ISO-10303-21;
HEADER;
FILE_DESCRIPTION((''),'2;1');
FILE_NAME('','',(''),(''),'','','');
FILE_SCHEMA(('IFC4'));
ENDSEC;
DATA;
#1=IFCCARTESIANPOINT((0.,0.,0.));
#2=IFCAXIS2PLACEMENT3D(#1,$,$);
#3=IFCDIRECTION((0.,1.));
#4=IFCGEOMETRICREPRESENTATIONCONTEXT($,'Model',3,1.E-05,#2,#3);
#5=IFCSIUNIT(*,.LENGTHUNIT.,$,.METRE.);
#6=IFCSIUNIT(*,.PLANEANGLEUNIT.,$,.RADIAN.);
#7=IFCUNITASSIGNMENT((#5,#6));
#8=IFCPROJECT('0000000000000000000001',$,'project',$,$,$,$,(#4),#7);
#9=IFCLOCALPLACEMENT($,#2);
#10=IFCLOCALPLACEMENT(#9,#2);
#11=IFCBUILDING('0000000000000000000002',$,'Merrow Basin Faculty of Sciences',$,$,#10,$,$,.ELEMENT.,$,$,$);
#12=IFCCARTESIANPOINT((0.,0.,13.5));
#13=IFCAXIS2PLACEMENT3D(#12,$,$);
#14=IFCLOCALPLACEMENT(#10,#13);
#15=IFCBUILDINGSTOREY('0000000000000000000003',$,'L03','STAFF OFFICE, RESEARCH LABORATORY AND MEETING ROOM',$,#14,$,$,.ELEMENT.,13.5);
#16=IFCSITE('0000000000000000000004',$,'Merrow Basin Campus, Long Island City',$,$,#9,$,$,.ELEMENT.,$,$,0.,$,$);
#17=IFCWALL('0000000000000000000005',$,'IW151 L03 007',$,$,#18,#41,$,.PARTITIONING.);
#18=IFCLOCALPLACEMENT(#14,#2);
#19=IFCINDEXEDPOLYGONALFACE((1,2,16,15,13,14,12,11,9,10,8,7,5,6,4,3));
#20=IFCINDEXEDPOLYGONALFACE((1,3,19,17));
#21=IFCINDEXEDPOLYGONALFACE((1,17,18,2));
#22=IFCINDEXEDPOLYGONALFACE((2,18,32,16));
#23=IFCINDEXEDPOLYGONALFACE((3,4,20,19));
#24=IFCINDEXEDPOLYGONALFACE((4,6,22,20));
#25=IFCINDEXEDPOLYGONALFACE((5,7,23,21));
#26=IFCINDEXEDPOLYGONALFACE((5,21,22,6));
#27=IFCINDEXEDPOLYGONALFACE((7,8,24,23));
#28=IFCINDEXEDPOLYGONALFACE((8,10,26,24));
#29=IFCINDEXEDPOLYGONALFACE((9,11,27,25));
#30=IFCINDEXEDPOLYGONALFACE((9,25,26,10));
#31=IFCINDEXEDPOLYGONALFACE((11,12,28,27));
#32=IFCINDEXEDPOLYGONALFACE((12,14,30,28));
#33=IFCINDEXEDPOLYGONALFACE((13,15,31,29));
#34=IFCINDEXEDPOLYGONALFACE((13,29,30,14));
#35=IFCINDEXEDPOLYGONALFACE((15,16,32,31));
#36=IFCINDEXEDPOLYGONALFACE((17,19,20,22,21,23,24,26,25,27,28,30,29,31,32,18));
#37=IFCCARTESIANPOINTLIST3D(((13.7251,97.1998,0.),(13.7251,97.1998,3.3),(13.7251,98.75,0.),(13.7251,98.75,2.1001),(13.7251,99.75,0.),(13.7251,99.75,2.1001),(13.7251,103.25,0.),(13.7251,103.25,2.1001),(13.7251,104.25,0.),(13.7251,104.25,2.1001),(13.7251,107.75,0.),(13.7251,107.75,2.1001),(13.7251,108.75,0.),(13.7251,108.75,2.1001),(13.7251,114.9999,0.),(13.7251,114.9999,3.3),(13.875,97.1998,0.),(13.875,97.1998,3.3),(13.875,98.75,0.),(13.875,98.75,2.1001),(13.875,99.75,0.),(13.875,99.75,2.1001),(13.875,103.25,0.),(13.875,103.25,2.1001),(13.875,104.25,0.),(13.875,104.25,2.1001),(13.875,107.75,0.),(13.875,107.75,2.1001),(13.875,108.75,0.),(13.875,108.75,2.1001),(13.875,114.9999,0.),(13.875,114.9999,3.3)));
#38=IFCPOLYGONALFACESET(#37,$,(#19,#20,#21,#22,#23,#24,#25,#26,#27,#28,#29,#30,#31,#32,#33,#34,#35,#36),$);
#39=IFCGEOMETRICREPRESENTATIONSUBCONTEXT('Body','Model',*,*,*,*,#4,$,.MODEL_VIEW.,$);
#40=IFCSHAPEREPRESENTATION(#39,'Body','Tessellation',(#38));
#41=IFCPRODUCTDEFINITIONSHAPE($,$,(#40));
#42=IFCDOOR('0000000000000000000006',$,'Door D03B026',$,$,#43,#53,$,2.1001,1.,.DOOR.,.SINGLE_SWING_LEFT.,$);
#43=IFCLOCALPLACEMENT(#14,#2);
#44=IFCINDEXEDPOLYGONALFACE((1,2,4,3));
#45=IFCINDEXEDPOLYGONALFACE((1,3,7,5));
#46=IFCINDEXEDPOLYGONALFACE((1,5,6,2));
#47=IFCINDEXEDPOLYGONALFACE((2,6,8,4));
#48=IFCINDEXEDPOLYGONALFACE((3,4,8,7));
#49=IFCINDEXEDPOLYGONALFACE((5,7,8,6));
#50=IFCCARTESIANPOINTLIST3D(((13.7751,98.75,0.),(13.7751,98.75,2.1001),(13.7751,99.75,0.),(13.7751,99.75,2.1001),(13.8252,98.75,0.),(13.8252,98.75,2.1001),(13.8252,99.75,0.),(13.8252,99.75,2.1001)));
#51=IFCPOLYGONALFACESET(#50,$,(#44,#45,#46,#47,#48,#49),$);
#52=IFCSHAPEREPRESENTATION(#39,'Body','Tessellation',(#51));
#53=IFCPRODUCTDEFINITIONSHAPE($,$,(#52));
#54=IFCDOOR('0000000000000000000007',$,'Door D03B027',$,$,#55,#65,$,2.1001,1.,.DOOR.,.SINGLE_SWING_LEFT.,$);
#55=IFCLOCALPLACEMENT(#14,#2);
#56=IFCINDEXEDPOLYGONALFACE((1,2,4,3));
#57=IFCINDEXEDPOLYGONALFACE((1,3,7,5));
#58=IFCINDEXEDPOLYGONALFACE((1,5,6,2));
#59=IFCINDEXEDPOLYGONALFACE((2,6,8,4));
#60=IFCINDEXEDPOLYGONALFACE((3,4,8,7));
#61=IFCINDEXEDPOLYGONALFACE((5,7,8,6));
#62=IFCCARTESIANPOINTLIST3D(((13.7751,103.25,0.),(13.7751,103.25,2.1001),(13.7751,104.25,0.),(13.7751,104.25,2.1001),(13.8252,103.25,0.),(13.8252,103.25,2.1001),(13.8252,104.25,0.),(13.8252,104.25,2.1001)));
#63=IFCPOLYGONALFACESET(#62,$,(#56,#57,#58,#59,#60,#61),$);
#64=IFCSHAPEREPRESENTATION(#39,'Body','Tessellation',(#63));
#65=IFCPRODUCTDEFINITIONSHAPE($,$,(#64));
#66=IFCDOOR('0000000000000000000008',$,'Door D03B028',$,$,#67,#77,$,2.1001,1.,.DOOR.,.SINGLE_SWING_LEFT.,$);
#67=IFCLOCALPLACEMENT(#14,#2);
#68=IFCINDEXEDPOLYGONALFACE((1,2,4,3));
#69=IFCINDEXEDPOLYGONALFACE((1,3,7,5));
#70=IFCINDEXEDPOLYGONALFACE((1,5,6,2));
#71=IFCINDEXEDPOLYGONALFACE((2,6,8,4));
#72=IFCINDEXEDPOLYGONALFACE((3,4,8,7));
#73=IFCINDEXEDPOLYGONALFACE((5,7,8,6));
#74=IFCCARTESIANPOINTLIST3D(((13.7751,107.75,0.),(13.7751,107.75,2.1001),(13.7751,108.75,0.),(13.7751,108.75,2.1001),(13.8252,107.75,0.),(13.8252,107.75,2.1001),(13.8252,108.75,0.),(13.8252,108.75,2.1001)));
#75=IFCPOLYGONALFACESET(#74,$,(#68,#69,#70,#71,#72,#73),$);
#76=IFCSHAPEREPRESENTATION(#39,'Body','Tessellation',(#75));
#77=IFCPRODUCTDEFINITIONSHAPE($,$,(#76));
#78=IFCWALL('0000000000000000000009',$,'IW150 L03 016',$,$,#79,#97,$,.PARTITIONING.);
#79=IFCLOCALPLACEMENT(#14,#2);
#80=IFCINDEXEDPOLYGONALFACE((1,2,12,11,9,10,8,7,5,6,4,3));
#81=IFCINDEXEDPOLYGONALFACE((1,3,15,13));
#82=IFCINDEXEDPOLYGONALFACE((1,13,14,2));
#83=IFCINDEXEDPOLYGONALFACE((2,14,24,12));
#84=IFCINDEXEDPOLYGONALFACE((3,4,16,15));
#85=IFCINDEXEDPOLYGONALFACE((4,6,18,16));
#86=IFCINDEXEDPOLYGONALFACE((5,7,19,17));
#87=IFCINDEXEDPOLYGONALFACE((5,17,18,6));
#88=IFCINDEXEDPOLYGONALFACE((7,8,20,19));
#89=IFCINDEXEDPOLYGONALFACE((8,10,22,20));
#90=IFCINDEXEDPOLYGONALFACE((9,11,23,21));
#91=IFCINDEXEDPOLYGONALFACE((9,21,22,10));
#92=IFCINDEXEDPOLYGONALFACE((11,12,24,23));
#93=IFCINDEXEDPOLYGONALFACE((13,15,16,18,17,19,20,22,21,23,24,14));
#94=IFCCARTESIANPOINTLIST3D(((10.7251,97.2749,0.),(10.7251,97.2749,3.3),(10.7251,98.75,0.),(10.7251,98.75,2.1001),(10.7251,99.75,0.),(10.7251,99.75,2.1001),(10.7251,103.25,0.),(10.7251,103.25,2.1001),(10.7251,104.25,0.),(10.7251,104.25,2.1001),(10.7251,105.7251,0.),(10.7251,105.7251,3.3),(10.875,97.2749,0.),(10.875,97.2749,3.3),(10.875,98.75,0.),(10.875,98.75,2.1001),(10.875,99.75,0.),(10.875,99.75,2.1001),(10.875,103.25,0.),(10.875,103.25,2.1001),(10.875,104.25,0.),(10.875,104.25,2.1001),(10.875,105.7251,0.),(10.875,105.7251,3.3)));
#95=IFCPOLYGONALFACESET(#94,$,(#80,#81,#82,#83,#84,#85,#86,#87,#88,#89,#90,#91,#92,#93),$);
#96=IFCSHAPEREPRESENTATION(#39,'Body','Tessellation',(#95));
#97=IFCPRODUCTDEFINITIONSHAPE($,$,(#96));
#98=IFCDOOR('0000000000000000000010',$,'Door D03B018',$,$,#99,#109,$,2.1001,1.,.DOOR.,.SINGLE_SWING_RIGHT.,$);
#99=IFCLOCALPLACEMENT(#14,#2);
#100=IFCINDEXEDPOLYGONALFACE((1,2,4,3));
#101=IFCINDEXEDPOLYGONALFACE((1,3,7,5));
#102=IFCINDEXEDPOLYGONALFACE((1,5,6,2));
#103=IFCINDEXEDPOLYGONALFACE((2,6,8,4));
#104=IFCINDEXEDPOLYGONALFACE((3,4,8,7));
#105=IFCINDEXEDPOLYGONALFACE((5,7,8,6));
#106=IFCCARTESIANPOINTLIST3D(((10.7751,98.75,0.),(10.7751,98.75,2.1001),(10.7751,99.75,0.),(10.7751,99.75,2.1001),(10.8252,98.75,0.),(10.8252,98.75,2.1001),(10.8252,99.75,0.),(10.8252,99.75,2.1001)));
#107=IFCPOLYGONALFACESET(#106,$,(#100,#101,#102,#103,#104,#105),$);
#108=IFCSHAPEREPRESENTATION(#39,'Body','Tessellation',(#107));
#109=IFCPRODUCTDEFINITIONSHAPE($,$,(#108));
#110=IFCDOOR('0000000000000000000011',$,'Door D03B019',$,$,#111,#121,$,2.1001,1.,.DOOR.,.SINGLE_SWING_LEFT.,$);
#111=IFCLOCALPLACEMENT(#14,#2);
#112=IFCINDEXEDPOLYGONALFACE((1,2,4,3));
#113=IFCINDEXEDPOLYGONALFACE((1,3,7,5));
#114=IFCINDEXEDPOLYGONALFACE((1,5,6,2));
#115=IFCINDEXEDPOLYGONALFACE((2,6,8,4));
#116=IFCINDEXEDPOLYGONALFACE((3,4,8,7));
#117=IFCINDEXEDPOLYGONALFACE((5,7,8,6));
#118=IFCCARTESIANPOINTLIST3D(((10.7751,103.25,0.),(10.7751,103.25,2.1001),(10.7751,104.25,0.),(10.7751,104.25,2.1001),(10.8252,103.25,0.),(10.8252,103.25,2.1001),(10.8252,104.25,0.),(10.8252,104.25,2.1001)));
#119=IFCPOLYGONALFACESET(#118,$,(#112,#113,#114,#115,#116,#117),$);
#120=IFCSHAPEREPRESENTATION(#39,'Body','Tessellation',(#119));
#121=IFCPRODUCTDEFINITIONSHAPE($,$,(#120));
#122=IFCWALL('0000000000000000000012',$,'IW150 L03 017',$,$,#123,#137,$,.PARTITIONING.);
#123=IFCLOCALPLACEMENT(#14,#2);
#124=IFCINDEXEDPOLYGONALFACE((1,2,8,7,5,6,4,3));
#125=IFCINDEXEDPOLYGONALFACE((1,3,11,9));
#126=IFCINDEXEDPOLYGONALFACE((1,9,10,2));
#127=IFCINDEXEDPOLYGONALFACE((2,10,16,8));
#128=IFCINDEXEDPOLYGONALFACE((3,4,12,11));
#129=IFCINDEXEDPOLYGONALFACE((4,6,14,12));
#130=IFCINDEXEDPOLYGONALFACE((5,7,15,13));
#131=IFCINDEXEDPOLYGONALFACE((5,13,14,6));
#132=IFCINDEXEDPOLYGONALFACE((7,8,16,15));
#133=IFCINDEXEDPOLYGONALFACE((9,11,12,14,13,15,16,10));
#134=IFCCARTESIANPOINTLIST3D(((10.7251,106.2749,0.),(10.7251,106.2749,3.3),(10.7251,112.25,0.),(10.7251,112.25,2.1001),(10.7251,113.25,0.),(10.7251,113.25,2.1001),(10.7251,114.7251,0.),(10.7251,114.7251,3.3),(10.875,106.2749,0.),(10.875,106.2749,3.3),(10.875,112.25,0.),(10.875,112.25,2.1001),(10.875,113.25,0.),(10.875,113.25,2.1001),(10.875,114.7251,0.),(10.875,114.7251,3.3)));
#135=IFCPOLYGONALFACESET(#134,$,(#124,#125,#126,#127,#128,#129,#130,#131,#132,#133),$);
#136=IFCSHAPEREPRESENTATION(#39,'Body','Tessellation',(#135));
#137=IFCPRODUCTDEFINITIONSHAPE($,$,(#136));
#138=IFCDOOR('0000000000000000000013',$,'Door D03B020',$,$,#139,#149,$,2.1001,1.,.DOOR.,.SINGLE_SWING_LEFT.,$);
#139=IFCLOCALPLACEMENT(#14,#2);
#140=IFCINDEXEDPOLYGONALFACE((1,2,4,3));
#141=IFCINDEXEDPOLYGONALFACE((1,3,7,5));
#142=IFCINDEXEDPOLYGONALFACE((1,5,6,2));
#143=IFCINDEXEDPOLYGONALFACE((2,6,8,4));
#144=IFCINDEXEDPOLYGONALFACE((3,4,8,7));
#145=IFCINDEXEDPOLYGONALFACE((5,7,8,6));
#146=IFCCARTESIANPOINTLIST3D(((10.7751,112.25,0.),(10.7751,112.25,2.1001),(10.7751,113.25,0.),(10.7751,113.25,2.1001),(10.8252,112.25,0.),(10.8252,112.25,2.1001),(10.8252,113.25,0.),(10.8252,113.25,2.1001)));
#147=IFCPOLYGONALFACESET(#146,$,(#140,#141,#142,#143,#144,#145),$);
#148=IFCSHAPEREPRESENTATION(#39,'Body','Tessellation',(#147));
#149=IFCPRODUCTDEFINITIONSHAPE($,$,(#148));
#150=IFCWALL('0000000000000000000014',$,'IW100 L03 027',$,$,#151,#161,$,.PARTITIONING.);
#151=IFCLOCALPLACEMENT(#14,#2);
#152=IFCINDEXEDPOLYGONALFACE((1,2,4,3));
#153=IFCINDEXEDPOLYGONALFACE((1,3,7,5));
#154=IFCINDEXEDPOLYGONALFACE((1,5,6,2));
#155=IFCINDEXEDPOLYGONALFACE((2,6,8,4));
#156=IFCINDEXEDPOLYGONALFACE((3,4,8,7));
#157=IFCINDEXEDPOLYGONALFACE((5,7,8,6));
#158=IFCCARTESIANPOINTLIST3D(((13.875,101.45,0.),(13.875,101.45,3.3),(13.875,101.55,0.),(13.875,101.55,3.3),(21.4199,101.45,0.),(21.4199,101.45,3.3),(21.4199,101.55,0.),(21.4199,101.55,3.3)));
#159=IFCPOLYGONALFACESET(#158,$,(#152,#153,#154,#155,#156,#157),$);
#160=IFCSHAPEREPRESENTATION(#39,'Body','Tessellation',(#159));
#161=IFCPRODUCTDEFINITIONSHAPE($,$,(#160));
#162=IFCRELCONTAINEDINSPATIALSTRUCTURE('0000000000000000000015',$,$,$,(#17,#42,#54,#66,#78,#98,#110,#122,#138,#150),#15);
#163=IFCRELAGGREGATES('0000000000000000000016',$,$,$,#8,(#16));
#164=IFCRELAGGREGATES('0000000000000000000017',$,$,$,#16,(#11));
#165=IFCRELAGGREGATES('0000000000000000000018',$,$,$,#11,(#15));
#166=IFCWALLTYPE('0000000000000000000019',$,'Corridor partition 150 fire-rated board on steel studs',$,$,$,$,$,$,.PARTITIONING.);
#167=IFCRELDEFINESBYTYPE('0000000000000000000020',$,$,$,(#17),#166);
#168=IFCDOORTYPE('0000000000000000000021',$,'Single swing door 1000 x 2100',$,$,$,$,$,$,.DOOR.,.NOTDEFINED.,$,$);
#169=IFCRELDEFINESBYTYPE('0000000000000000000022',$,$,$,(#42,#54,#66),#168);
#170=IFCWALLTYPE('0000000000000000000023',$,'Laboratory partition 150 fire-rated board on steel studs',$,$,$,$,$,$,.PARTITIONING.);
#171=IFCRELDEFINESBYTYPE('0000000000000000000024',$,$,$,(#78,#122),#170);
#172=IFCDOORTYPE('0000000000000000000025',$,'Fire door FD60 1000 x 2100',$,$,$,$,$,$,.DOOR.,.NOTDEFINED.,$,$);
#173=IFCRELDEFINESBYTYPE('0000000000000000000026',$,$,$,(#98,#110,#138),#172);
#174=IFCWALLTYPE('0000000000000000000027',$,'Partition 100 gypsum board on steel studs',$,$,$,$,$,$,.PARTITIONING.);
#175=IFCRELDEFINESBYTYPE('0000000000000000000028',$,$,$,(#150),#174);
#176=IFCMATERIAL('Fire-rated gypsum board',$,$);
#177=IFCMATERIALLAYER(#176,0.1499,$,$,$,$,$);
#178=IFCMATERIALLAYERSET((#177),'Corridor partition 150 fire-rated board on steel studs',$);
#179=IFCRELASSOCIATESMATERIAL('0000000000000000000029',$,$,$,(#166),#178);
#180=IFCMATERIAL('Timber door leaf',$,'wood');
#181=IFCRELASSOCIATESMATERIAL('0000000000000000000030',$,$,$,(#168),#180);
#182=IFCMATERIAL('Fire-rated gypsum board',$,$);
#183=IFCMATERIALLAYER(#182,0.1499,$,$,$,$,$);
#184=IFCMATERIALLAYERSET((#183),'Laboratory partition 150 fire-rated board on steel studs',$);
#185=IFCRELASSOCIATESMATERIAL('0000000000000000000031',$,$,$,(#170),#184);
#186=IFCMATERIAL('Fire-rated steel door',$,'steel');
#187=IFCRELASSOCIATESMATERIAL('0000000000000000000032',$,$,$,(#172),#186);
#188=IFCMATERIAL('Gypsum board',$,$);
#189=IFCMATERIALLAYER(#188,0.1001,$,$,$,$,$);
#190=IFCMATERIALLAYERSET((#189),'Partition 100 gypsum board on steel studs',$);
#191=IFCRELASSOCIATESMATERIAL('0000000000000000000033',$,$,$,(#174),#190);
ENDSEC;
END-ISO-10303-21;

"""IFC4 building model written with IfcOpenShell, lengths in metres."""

from ifc_helpers import new_model, si_unit, direction, frame, frame_2d, origin, place, context, subcontext, project, spatial, rectangle, extrude, material, layer, layer_set, type_object, element, fill, save


model = new_model("IFC4")

# Units and contexts
model_context = context("Model", 3, precision=1e-05, world=origin(), true_north=direction((0.0, 1.0)))
body_context = subcontext(model_context, "Body", "Model", "MODEL_VIEW")
ifc_project = project(units=[si_unit("LENGTHUNIT", "METRE"), si_unit("PLANEANGLEUNIT", "RADIAN")], contexts=[model_context])

# Site, building, storey
site_placement = place(None, origin())
site = spatial("IfcSite", under=ifc_project, at=site_placement, Name="Merrow Basin Campus, Long Island City", CompositionType="ELEMENT", RefElevation=0.0)
building_placement = place(site_placement, origin())
building = spatial("IfcBuilding", under=site, at=building_placement, Name="Merrow Basin Faculty of Sciences", CompositionType="ELEMENT")
storey_placement = place(building_placement, frame((0.0, 0.0, 13.5)))
storey = spatial("IfcBuildingStorey", under=building, at=storey_placement, Name="L03", Description="STAFF OFFICE, RESEARCH LABORATORY AND MEETING ROOM", CompositionType="ELEMENT", Elevation=13.5)

# Walls, openings, doors
ifc_material_1 = material(Name="Fire-rated gypsum board")
ifc_layer_1 = layer(ifc_material_1, 0.1499)
ifc_layer_set_1 = layer_set([ifc_layer_1], Name="Corridor partition 150 fire-rated board on steel studs")
wall_type_1 = type_object("IfcWallType", Name="Corridor partition 150 fire-rated board on steel studs", PredefinedType="PARTITIONING", material=ifc_layer_set_1)
wall_1_placement = place(storey_placement, frame((13.8, 97.2, 0.0), z_axis=(0.0, 0.0, 1.0), x_axis=(0.0, 1.0, 0.0)))
wall_1 = element("IfcWall", 1, at=wall_1_placement, inside=storey, type_object=wall_type_1, Name="IW151 L03 007", PredefinedType="PARTITIONING", context=body_context, shape_type="SweptSolid", body=[
    extrude(rectangle(XDim=17.8, YDim=0.1499, at=frame_2d((8.8999, 0.0))), origin(), (0.0, 0.0, 1.0), 3.3),
])
opening_1_placement = place(wall_1_placement, frame((1.55, 0.0, 0.0)))
opening_1 = element("IfcOpeningElement", 2, at=opening_1_placement, cuts=wall_1, PredefinedType="OPENING", context=body_context, shape_type="SweptSolid", body=[
    extrude(rectangle(XDim=1.0, YDim=2.1001, at=frame_2d((0.5, 1.05))), frame((0.0, 0.085, 0.0), z_axis=(0.0, -1.0, 0.0), x_axis=(1.0, 0.0, 0.0)), (0.0, 0.0, 1.0), 0.1699),
])
opening_2_placement = place(wall_1_placement, frame((6.05, 0.0, 0.0)))
opening_2 = element("IfcOpeningElement", 3, at=opening_2_placement, cuts=wall_1, PredefinedType="OPENING", context=body_context, shape_type="SweptSolid", body=[
    extrude(rectangle(XDim=1.0, YDim=2.1001, at=frame_2d((0.5, 1.05))), frame((0.0, 0.085, 0.0), z_axis=(0.0, -1.0, 0.0), x_axis=(1.0, 0.0, 0.0)), (0.0, 0.0, 1.0), 0.1699),
])
opening_3_placement = place(wall_1_placement, frame((10.55, 0.0, 0.0)))
opening_3 = element("IfcOpeningElement", 4, at=opening_3_placement, cuts=wall_1, PredefinedType="OPENING", context=body_context, shape_type="SweptSolid", body=[
    extrude(rectangle(XDim=1.0, YDim=2.1001, at=frame_2d((0.5, 1.05))), frame((0.0, 0.085, 0.0), z_axis=(0.0, -1.0, 0.0), x_axis=(1.0, 0.0, 0.0)), (0.0, 0.0, 1.0), 0.1699),
])
ifc_material_2 = material(Name="Timber door leaf", Category="wood")
door_type_1 = type_object("IfcDoorType", Name="Single swing door 1000 x 2100", OperationType="NOTDEFINED", PredefinedType="DOOR", material=ifc_material_2)
door_1_placement = place(opening_1_placement, origin())
door_1 = element("IfcDoor", 5, at=door_1_placement, inside=storey, type_object=door_type_1, Name="Door D03B026", OperationType="SINGLE_SWING_LEFT", OverallHeight=2.1001, OverallWidth=1.0, PredefinedType="DOOR", context=body_context, shape_type="SweptSolid", body=[
    extrude(rectangle(XDim=1.0, YDim=2.1001, at=frame_2d((0.5, 1.05))), frame((0.0, 0.0249, 0.0), z_axis=(0.0, -1.0, 0.0), x_axis=(1.0, 0.0, 0.0)), (0.0, 0.0, 1.0), 0.05),
])
fill(opening_1, door_1)
door_2_placement = place(opening_2_placement, origin())
door_2 = element("IfcDoor", 6, at=door_2_placement, inside=storey, type_object=door_type_1, Name="Door D03B027", OperationType="SINGLE_SWING_LEFT", OverallHeight=2.1001, OverallWidth=1.0, PredefinedType="DOOR", context=body_context, shape_type="SweptSolid", body=[
    extrude(rectangle(XDim=1.0, YDim=2.1001, at=frame_2d((0.5, 1.05))), frame((0.0, 0.0249, 0.0), z_axis=(0.0, -1.0, 0.0), x_axis=(1.0, 0.0, 0.0)), (0.0, 0.0, 1.0), 0.05),
])
fill(opening_2, door_2)
door_3_placement = place(opening_3_placement, origin())
door_3 = element("IfcDoor", 7, at=door_3_placement, inside=storey, type_object=door_type_1, Name="Door D03B028", OperationType="SINGLE_SWING_LEFT", OverallHeight=2.1001, OverallWidth=1.0, PredefinedType="DOOR", context=body_context, shape_type="SweptSolid", body=[
    extrude(rectangle(XDim=1.0, YDim=2.1001, at=frame_2d((0.5, 1.05))), frame((0.0, 0.0249, 0.0), z_axis=(0.0, -1.0, 0.0), x_axis=(1.0, 0.0, 0.0)), (0.0, 0.0, 1.0), 0.05),
])
fill(opening_3, door_3)
ifc_material_3 = material(Name="Fire-rated gypsum board")
ifc_layer_2 = layer(ifc_material_3, 0.1499)
ifc_layer_set_2 = layer_set([ifc_layer_2], Name="Laboratory partition 150 fire-rated board on steel studs")
wall_type_2 = type_object("IfcWallType", Name="Laboratory partition 150 fire-rated board on steel studs", PredefinedType="PARTITIONING", material=ifc_layer_set_2)
wall_2_placement = place(storey_placement, frame((10.8, 97.2749, 0.0), z_axis=(0.0, 0.0, 1.0), x_axis=(0.0, 1.0, 0.0)))
wall_2 = element("IfcWall", 8, at=wall_2_placement, inside=storey, type_object=wall_type_2, Name="IW150 L03 016", PredefinedType="PARTITIONING", context=body_context, shape_type="SweptSolid", body=[
    extrude(rectangle(XDim=8.4502, YDim=0.1499, at=frame_2d((4.2251, 0.0))), origin(), (0.0, 0.0, 1.0), 3.3),
])
opening_4_placement = place(wall_2_placement, frame((1.4751, 0.0, 0.0)))
opening_4 = element("IfcOpeningElement", 9, at=opening_4_placement, cuts=wall_2, PredefinedType="OPENING", context=body_context, shape_type="SweptSolid", body=[
    extrude(rectangle(XDim=1.0, YDim=2.1001, at=frame_2d((0.5, 1.05))), frame((0.0, 0.085, 0.0), z_axis=(0.0, -1.0, 0.0), x_axis=(1.0, 0.0, 0.0)), (0.0, 0.0, 1.0), 0.1699),
])
opening_5_placement = place(wall_2_placement, frame((5.9751, 0.0, 0.0)))
opening_5 = element("IfcOpeningElement", 10, at=opening_5_placement, cuts=wall_2, PredefinedType="OPENING", context=body_context, shape_type="SweptSolid", body=[
    extrude(rectangle(XDim=1.0, YDim=2.1001, at=frame_2d((0.5, 1.05))), frame((0.0, 0.085, 0.0), z_axis=(0.0, -1.0, 0.0), x_axis=(1.0, 0.0, 0.0)), (0.0, 0.0, 1.0), 0.1699),
])
ifc_material_4 = material(Name="Fire-rated steel door", Category="steel")
door_type_2 = type_object("IfcDoorType", Name="Fire door FD60 1000 x 2100", OperationType="NOTDEFINED", PredefinedType="DOOR", material=ifc_material_4)
door_4_placement = place(opening_4_placement, origin())
door_4 = element("IfcDoor", 11, at=door_4_placement, inside=storey, type_object=door_type_2, Name="Door D03B018", OperationType="SINGLE_SWING_RIGHT", OverallHeight=2.1001, OverallWidth=1.0, PredefinedType="DOOR", context=body_context, shape_type="SweptSolid", body=[
    extrude(rectangle(XDim=1.0, YDim=2.1001, at=frame_2d((0.5, 1.05))), frame((0.0, 0.0249, 0.0), z_axis=(0.0, -1.0, 0.0), x_axis=(1.0, 0.0, 0.0)), (0.0, 0.0, 1.0), 0.05),
])
fill(opening_4, door_4)
door_5_placement = place(opening_5_placement, origin())
door_5 = element("IfcDoor", 12, at=door_5_placement, inside=storey, type_object=door_type_2, Name="Door D03B019", OperationType="SINGLE_SWING_LEFT", OverallHeight=2.1001, OverallWidth=1.0, PredefinedType="DOOR", context=body_context, shape_type="SweptSolid", body=[
    extrude(rectangle(XDim=1.0, YDim=2.1001, at=frame_2d((0.5, 1.05))), frame((0.0, 0.0249, 0.0), z_axis=(0.0, -1.0, 0.0), x_axis=(1.0, 0.0, 0.0)), (0.0, 0.0, 1.0), 0.05),
])
fill(opening_5, door_5)

# Wall, opening, door
wall_3_placement = place(storey_placement, frame((10.8, 106.2749, 0.0), z_axis=(0.0, 0.0, 1.0), x_axis=(0.0, 1.0, 0.0)))
wall_3 = element("IfcWall", 13, at=wall_3_placement, inside=storey, type_object=wall_type_2, Name="IW150 L03 017", PredefinedType="PARTITIONING", context=body_context, shape_type="SweptSolid", body=[
    extrude(rectangle(XDim=8.4502, YDim=0.1499, at=frame_2d((4.2251, 0.0))), origin(), (0.0, 0.0, 1.0), 3.3),
])
opening_6_placement = place(wall_3_placement, frame((5.9751, 0.0, 0.0)))
opening_6 = element("IfcOpeningElement", 14, at=opening_6_placement, cuts=wall_3, PredefinedType="OPENING", context=body_context, shape_type="SweptSolid", body=[
    extrude(rectangle(XDim=1.0, YDim=2.1001, at=frame_2d((0.5, 1.05))), frame((0.0, 0.085, 0.0), z_axis=(0.0, -1.0, 0.0), x_axis=(1.0, 0.0, 0.0)), (0.0, 0.0, 1.0), 0.1699),
])
door_6_placement = place(opening_6_placement, origin())
door_6 = element("IfcDoor", 15, at=door_6_placement, inside=storey, type_object=door_type_2, Name="Door D03B020", OperationType="SINGLE_SWING_LEFT", OverallHeight=2.1001, OverallWidth=1.0, PredefinedType="DOOR", context=body_context, shape_type="SweptSolid", body=[
    extrude(rectangle(XDim=1.0, YDim=2.1001, at=frame_2d((0.5, 1.05))), frame((0.0, 0.0249, 0.0), z_axis=(0.0, -1.0, 0.0), x_axis=(1.0, 0.0, 0.0)), (0.0, 0.0, 1.0), 0.05),
])
fill(opening_6, door_6)

# Wall
ifc_material_5 = material(Name="Gypsum board")
ifc_layer_3 = layer(ifc_material_5, 0.1001)
ifc_layer_set_3 = layer_set([ifc_layer_3], Name="Partition 100 gypsum board on steel studs")
wall_type_3 = type_object("IfcWallType", Name="Partition 100 gypsum board on steel studs", PredefinedType="PARTITIONING", material=ifc_layer_set_3)
wall_4_placement = place(storey_placement, frame((13.875, 101.5, 0.0), z_axis=(0.0, 0.0, 1.0), x_axis=(1.0, 0.0, 0.0)))
element("IfcWall", 16, at=wall_4_placement, inside=storey, type_object=wall_type_3, Name="IW100 L03 027", PredefinedType="PARTITIONING", context=body_context, shape_type="SweptSolid", body=[
    extrude(rectangle(XDim=7.5449, YDim=0.1001, at=frame_2d((3.7725, 0.0))), origin(), (0.0, 0.0, 1.0), 3.3),
])

save(model, "model.ifc")
